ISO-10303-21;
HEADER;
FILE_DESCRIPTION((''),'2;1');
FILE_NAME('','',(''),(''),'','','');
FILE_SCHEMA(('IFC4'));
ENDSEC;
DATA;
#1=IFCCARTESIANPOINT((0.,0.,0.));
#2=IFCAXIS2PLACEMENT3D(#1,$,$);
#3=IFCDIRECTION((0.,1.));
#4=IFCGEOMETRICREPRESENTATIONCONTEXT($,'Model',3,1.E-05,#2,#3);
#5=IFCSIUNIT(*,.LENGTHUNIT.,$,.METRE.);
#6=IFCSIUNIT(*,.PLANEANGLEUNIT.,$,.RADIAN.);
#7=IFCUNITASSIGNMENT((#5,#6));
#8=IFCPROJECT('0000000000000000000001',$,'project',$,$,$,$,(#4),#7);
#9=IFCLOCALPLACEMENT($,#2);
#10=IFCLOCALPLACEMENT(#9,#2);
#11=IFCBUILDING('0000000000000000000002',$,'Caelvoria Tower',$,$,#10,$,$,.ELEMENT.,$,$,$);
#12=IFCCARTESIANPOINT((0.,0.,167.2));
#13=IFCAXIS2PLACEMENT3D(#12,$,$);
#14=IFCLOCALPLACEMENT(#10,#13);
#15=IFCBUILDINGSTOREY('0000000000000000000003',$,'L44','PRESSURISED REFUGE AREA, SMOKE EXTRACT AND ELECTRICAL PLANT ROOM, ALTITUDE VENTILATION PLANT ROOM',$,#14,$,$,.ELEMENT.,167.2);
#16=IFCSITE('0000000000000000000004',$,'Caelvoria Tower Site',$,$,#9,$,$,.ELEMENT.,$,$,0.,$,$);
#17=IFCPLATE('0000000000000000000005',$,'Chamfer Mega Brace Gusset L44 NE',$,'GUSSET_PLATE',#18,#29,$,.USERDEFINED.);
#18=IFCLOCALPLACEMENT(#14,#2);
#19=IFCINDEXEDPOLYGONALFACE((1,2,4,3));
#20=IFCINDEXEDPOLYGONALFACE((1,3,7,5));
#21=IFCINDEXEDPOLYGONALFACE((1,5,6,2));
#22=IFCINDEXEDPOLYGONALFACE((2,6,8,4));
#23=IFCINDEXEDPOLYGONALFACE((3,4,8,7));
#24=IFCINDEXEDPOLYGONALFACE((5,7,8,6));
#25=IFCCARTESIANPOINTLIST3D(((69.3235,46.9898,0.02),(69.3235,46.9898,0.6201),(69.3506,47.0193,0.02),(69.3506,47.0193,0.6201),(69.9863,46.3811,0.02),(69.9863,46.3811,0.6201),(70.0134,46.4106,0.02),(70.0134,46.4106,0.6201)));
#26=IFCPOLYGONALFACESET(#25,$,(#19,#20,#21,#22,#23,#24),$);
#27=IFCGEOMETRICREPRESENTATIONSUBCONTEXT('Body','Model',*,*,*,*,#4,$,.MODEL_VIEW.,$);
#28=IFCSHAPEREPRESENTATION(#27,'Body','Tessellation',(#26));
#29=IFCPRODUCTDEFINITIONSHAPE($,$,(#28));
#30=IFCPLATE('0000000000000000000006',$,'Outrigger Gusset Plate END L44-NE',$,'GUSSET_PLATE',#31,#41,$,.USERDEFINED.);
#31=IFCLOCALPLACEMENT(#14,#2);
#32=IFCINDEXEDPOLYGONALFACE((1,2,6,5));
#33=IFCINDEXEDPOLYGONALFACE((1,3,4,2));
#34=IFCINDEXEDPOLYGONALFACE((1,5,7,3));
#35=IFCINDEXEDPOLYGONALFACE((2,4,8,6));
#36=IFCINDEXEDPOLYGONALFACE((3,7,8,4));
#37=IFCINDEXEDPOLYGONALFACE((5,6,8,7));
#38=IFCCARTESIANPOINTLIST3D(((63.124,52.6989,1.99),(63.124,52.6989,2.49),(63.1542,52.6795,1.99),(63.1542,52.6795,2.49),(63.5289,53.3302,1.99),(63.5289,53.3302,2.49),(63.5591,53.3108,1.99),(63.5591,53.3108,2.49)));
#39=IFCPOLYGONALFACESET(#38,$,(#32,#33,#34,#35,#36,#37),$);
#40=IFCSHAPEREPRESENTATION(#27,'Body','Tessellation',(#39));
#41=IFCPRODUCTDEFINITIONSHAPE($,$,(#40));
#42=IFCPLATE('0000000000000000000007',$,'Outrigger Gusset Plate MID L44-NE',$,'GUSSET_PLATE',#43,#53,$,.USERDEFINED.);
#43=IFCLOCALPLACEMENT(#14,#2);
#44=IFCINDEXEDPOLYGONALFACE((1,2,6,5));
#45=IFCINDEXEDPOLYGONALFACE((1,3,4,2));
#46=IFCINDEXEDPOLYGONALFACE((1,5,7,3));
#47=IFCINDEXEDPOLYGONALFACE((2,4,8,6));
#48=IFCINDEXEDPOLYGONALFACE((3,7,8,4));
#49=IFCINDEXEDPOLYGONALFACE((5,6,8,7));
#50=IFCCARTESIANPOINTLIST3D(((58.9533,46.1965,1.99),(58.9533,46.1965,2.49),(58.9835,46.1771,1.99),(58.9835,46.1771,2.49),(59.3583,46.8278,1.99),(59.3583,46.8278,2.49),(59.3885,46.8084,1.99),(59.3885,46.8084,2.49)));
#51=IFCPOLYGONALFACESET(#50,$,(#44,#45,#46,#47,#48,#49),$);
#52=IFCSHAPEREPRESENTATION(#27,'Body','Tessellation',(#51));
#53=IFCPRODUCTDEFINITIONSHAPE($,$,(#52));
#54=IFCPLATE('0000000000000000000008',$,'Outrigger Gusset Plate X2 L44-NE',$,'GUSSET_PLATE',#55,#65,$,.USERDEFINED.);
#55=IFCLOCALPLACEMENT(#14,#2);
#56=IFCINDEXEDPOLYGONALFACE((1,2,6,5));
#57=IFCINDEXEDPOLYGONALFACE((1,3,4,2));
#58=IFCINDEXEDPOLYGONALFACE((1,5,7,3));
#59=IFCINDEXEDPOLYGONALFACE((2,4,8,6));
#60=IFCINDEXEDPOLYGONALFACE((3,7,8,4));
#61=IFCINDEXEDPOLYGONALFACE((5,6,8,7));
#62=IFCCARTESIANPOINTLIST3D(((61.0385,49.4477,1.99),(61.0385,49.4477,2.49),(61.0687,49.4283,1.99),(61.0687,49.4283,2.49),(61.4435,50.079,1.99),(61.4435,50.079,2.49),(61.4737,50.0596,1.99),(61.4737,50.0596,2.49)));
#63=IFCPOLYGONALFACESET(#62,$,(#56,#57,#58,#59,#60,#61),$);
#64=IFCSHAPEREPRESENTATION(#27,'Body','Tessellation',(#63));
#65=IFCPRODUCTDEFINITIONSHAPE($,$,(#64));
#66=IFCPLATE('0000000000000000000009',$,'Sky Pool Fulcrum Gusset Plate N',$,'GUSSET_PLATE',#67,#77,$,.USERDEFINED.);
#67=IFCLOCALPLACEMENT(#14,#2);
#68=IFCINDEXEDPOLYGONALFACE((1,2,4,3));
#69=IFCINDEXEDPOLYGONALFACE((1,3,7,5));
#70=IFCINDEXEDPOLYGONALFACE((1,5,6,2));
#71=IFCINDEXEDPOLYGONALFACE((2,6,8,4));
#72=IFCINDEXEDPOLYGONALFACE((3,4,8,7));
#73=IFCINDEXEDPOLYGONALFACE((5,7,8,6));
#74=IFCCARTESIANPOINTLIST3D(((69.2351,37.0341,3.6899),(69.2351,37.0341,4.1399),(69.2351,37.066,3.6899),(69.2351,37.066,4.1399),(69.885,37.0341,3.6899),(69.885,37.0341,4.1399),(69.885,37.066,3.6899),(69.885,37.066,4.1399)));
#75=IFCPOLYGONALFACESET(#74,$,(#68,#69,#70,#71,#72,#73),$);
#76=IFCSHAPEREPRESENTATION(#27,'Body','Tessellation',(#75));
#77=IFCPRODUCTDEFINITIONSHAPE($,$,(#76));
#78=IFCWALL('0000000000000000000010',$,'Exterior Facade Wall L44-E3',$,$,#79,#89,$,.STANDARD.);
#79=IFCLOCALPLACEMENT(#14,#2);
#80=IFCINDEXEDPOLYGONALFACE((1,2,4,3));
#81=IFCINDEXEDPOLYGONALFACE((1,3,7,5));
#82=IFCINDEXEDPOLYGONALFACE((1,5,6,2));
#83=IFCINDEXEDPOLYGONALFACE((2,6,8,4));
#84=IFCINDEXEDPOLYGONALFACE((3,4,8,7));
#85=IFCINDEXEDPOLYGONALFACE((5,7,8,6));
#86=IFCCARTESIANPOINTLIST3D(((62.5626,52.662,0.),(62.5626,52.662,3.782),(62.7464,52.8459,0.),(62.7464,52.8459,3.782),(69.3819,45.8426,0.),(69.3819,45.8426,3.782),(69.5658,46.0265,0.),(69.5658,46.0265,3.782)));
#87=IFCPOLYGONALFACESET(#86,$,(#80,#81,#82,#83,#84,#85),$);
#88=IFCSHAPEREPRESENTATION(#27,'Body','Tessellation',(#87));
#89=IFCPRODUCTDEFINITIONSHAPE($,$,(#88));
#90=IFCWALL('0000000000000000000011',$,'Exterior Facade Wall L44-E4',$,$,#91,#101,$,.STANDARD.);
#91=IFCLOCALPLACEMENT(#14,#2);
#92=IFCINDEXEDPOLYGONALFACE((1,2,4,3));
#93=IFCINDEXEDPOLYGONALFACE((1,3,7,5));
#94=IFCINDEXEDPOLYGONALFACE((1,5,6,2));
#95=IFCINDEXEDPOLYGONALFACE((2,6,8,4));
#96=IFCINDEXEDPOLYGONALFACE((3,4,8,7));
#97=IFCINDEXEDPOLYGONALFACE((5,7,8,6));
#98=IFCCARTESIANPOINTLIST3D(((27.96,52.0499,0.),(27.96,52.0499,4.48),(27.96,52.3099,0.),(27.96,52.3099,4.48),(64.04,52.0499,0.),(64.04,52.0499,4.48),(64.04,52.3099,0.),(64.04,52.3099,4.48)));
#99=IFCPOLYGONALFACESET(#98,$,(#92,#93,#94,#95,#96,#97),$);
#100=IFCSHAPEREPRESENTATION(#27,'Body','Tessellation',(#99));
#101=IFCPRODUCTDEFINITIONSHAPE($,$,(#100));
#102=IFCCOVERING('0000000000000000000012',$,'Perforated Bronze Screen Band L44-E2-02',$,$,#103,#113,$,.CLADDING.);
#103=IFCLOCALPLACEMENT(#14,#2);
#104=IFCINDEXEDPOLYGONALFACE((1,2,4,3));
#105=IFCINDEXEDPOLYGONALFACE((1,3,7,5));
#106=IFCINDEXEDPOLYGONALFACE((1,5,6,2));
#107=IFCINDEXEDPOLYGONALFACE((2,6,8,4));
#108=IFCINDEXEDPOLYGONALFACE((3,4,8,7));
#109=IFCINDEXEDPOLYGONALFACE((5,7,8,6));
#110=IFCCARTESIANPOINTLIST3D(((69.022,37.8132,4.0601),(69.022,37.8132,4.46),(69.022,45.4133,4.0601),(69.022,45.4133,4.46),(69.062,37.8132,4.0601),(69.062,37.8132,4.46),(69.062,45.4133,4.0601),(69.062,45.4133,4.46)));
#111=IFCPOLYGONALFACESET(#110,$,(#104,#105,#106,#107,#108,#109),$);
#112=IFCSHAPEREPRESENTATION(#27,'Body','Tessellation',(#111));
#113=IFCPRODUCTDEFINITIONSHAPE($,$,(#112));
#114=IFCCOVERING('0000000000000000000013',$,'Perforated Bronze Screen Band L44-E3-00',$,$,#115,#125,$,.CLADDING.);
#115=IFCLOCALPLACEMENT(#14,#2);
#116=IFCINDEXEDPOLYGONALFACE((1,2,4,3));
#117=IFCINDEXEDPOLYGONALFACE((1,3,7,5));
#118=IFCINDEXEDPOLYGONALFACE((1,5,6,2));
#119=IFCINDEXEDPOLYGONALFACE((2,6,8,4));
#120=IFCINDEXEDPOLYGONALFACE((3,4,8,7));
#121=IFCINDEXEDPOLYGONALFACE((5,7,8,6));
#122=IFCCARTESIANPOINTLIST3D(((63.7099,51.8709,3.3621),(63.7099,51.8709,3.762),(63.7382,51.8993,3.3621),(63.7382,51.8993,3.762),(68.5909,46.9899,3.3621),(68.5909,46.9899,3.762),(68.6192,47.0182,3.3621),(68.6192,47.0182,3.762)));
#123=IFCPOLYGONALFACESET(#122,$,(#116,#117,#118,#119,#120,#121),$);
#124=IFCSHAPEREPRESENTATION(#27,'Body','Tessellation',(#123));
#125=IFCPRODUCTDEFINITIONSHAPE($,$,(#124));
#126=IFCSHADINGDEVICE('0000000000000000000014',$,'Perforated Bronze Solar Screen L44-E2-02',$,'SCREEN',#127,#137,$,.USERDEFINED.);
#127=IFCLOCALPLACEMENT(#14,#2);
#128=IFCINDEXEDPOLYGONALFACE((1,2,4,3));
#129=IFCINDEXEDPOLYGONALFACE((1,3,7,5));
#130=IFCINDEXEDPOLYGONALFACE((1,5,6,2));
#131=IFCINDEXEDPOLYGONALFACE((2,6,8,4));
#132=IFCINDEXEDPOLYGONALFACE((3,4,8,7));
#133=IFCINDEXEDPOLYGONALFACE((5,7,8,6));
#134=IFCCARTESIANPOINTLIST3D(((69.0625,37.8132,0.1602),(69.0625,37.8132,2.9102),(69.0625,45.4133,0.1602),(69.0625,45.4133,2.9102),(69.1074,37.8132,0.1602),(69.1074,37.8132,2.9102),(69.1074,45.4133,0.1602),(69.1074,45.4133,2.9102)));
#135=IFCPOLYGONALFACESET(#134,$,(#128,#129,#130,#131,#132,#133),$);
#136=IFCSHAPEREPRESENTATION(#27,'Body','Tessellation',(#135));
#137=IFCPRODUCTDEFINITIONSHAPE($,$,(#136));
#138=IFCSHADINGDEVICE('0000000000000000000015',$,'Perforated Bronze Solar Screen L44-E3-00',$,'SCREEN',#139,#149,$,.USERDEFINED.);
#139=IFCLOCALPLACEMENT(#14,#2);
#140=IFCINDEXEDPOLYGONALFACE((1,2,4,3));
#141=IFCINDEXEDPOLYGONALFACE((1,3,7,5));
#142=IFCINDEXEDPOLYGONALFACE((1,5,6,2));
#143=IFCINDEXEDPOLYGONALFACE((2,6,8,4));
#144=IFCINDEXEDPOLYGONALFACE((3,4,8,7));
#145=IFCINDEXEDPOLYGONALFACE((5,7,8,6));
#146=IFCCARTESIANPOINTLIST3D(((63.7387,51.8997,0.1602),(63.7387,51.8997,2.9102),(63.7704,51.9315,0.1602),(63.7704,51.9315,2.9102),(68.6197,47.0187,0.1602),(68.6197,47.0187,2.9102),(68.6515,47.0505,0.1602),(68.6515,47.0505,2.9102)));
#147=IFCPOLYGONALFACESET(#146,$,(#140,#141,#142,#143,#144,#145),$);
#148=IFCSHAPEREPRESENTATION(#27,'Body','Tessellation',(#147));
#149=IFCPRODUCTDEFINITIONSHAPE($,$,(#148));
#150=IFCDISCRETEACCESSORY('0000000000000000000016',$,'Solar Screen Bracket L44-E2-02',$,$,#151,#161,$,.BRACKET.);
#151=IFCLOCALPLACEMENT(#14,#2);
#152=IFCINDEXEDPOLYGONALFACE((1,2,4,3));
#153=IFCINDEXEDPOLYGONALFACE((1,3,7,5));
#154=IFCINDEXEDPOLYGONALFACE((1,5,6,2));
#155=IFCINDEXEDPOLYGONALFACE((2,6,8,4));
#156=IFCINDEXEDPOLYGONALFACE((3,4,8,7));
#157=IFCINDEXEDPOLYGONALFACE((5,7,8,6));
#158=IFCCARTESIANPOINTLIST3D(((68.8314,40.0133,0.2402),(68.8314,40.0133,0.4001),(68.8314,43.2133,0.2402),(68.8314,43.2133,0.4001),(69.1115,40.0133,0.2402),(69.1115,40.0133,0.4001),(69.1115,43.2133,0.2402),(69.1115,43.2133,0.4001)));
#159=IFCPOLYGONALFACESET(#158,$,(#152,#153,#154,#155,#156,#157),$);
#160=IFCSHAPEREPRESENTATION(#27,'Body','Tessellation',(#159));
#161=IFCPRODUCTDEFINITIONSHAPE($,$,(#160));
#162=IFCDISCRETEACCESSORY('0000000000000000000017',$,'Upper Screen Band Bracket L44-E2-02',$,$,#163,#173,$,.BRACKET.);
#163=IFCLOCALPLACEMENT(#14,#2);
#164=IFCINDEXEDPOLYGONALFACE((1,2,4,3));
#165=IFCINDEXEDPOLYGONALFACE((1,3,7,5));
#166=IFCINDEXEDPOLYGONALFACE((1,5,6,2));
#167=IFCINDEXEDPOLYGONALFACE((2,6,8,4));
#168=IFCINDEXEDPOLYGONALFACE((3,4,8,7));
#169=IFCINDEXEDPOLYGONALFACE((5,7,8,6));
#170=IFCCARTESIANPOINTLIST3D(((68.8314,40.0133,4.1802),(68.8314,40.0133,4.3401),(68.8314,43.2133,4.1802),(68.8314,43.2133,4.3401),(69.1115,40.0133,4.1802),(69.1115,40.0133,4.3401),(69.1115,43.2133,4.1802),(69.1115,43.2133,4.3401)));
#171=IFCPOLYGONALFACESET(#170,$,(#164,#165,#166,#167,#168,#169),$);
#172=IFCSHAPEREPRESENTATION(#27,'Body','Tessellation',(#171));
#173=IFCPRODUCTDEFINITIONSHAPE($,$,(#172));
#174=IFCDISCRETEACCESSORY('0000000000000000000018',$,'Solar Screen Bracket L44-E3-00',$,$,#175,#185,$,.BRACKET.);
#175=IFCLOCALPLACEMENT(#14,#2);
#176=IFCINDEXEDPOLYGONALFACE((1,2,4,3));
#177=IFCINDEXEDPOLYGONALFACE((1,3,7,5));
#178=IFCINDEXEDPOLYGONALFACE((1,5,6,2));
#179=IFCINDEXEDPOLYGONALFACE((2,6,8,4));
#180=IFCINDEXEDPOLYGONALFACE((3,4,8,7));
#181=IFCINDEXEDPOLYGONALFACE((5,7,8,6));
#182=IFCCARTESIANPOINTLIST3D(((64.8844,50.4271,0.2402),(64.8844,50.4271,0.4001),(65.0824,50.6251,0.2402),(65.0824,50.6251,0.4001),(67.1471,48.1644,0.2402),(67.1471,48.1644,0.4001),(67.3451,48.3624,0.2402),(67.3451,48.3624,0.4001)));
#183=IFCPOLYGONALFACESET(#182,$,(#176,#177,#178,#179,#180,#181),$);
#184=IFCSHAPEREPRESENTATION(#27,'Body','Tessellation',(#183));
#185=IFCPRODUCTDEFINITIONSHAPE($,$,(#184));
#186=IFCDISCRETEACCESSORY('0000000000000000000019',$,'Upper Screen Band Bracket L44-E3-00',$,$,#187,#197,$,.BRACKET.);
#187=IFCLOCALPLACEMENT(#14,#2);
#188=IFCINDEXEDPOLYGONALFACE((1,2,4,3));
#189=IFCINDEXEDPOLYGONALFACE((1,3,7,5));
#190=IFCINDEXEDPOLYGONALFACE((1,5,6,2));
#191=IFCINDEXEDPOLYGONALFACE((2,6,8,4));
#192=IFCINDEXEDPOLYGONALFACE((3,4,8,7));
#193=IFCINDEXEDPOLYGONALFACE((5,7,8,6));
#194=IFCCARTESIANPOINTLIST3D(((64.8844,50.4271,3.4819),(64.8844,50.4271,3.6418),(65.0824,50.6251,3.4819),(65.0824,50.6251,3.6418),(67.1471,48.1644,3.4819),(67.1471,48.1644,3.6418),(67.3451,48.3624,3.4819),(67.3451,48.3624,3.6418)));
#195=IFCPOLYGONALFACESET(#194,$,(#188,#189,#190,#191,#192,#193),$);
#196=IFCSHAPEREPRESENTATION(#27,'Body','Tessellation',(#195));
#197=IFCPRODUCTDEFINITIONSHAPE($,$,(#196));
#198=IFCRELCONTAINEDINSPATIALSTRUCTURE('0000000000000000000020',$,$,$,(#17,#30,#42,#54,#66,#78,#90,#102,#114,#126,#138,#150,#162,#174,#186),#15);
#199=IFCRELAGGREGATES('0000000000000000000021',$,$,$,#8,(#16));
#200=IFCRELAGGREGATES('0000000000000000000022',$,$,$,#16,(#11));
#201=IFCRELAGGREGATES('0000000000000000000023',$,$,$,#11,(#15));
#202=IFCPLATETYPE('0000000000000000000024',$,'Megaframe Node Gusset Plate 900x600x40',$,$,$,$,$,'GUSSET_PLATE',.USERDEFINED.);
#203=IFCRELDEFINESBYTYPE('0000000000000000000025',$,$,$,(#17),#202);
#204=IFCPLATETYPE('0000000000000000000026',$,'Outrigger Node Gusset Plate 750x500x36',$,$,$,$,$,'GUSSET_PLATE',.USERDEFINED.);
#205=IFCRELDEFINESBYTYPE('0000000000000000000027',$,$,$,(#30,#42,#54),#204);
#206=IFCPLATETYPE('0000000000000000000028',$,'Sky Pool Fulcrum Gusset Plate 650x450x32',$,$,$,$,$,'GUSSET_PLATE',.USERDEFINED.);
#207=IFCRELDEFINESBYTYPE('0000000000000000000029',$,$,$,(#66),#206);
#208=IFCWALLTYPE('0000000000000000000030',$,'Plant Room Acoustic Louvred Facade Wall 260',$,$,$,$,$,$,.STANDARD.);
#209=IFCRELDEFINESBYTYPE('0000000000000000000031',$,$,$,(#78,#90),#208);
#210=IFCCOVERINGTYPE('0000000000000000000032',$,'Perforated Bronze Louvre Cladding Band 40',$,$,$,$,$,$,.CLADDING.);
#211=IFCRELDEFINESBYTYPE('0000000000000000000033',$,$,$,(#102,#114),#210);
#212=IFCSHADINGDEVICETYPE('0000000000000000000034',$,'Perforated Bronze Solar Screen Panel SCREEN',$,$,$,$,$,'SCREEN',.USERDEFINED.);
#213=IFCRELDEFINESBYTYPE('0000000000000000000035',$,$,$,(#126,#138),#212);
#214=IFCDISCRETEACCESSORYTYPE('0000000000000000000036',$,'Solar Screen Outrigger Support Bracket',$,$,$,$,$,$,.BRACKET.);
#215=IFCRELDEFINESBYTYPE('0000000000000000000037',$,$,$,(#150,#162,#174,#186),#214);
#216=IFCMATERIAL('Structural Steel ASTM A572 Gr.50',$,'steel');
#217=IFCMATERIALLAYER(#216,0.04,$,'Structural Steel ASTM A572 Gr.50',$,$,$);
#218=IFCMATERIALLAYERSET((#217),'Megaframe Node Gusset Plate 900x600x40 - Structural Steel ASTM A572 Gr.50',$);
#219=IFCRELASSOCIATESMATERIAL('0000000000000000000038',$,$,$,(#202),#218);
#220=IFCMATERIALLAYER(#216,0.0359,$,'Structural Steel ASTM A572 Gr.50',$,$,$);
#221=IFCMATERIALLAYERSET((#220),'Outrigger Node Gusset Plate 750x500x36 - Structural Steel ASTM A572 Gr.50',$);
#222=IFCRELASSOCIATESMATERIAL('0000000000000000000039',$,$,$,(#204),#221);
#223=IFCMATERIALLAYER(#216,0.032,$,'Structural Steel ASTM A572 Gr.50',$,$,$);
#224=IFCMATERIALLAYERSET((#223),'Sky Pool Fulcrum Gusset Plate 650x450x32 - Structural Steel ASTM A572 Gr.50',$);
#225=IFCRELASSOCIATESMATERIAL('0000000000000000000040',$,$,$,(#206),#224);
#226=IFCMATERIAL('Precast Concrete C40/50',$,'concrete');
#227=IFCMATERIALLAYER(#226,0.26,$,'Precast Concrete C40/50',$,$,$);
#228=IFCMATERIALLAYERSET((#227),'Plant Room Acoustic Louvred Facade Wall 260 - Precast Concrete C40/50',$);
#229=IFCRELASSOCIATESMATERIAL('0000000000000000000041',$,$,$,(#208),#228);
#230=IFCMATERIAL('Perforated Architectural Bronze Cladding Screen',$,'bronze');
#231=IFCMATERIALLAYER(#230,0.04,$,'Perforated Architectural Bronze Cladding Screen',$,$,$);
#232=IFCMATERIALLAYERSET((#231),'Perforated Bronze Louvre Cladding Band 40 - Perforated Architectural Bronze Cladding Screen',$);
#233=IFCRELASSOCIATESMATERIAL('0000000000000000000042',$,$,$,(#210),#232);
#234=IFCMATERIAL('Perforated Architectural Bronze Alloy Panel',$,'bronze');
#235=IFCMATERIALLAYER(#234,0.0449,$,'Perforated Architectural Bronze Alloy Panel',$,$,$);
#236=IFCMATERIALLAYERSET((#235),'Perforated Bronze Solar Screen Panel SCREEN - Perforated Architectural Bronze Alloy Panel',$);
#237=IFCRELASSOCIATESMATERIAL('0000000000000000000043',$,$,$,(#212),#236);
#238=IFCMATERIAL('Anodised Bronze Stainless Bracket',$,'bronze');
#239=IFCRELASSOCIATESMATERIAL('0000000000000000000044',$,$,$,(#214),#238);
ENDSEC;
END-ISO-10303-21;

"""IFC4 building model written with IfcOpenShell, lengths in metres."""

from ifc_helpers import new_model, si_unit, direction, frame, frame_2d, origin, origin_2d, place, context, subcontext, project, spatial, rectangle, extrude, material, layer, layer_set, type_object, element, save


model = new_model("IFC4")

# Units and contexts
model_context = context("Model", 3, precision=1e-05, world=origin(), true_north=direction((0.0, 1.0)))
body_context = subcontext(model_context, "Body", "Model", "MODEL_VIEW")
ifc_project = project(units=[si_unit("LENGTHUNIT", "METRE"), si_unit("PLANEANGLEUNIT", "RADIAN")], contexts=[model_context])

# Site, building, storey
site_placement = place(None, origin())
site = spatial("IfcSite", under=ifc_project, at=site_placement, Name="Caelvoria Tower Site", CompositionType="ELEMENT", RefElevation=0.0)
building_placement = place(site_placement, origin())
building = spatial("IfcBuilding", under=site, at=building_placement, Name="Caelvoria Tower", CompositionType="ELEMENT")
storey_placement = place(building_placement, frame((0.0, 0.0, 167.2)))
storey = spatial("IfcBuildingStorey", under=building, at=storey_placement, Name="L44", Description="PRESSURISED REFUGE AREA, SMOKE EXTRACT AND ELECTRICAL PLANT ROOM, ALTITUDE VENTILATION PLANT ROOM", CompositionType="ELEMENT", Elevation=167.2)

# Shared definitions
ifc_material_1 = material(Name="Structural Steel ASTM A572 Gr.50", Category="steel")

# Plates
ifc_layer_1 = layer(ifc_material_1, 0.04, Name="Structural Steel ASTM A572 Gr.50")
ifc_layer_set_1 = layer_set([ifc_layer_1], Name="Megaframe Node Gusset Plate 900x600x40 - Structural Steel ASTM A572 Gr.50")
plate_type_1 = type_object("IfcPlateType", Name="Megaframe Node Gusset Plate 900x600x40", ElementType="GUSSET_PLATE", PredefinedType="USERDEFINED", material=ifc_layer_set_1)
plate_1_placement = place(storey_placement, frame((69.6685, 46.7002, 0.02), z_axis=(0.0, 0.0, 1.0), x_axis=(-0.736585, 0.676345, 0.0)))
element("IfcPlate", 1, at=plate_1_placement, inside=storey, type_object=plate_type_1, Name="Chamfer Mega Brace Gusset L44 NE", ObjectType="GUSSET_PLATE", PredefinedType="USERDEFINED", context=body_context, shape_type="SweptSolid", body=[
    extrude(rectangle(XDim=0.8999, YDim=0.04, at=origin_2d()), origin(), (0.0, 0.0, 1.0), 0.6001),
])
ifc_layer_2 = layer(ifc_material_1, 0.0359, Name="Structural Steel ASTM A572 Gr.50")
ifc_layer_set_2 = layer_set([ifc_layer_2], Name="Outrigger Node Gusset Plate 750x500x36 - Structural Steel ASTM A572 Gr.50")
plate_type_2 = type_object("IfcPlateType", Name="Outrigger Node Gusset Plate 750x500x36", ElementType="GUSSET_PLATE", PredefinedType="USERDEFINED", material=ifc_layer_set_2)
for number, where, z_axis, x_axis, name in (
    (2, (63.3416, 53.0049, 1.99), (0.0, 0.0, 1.0), (0.539904, 0.841727, 0.0), "Outrigger Gusset Plate END L44-NE"),
    (3, (59.1709, 46.5024, 1.99), (0.0, 0.0, 1.0), (0.539904, 0.841727, 0.0), "Outrigger Gusset Plate MID L44-NE"),
    (4, (61.2561, 49.7537, 1.99), (0.0, 0.0, 1.0), (0.539904, 0.841727, 0.0), "Outrigger Gusset Plate X2 L44-NE"),
):
    element("IfcPlate", number, at=place(storey_placement, frame(where, z_axis=z_axis, x_axis=x_axis)), inside=storey, type_object=plate_type_2, Name=name, ObjectType="GUSSET_PLATE", PredefinedType="USERDEFINED", context=body_context, shape_type="SweptSolid", body=[
        extrude(rectangle(XDim=0.75, YDim=0.0359, at=origin_2d()), origin(), (0.0, 0.0, 1.0), 0.5),
    ])
ifc_layer_3 = layer(ifc_material_1, 0.032, Name="Structural Steel ASTM A572 Gr.50")
ifc_layer_set_3 = layer_set([ifc_layer_3], Name="Sky Pool Fulcrum Gusset Plate 650x450x32 - Structural Steel ASTM A572 Gr.50")
plate_type_3 = type_object("IfcPlateType", Name="Sky Pool Fulcrum Gusset Plate 650x450x32", ElementType="GUSSET_PLATE", PredefinedType="USERDEFINED", material=ifc_layer_set_3)
plate_2_placement = place(storey_placement, frame((69.5601, 37.05, 3.6899), z_axis=(0.0, 0.0, 1.0), x_axis=(1.0, 0.0, 0.0)))
element("IfcPlate", 5, at=plate_2_placement, inside=storey, type_object=plate_type_3, Name="Sky Pool Fulcrum Gusset Plate N", ObjectType="GUSSET_PLATE", PredefinedType="USERDEFINED", context=body_context, shape_type="SweptSolid", body=[
    extrude(rectangle(XDim=0.6499, YDim=0.032, at=origin_2d()), origin(), (0.0, 0.0, 1.0), 0.45),
])

# Walls
ifc_material_2 = material(Name="Precast Concrete C40/50", Category="concrete")
ifc_layer_4 = layer(ifc_material_2, 0.26, Name="Precast Concrete C40/50")
ifc_layer_set_4 = layer_set([ifc_layer_4], Name="Plant Room Acoustic Louvred Facade Wall 260 - Precast Concrete C40/50")
wall_type = type_object("IfcWallType", Name="Plant Room Acoustic Louvred Facade Wall 260", PredefinedType="STANDARD", material=ifc_layer_set_4)
wall_1_placement = place(storey_placement, frame((69.4739, 45.9346, 0.0), z_axis=(0.0, 0.0, 1.0), x_axis=(-0.707107, 0.707107, 0.0)))
element("IfcWall", 6, at=wall_1_placement, inside=storey, type_object=wall_type, Name="Exterior Facade Wall L44-E3", PredefinedType="STANDARD", context=body_context, shape_type="SweptSolid", body=[
    extrude(rectangle(XDim=9.644, YDim=0.26, at=frame_2d((4.822, 0.0))), origin(), (0.0, 0.0, 1.0), 3.782),
])
wall_2_placement = place(storey_placement, frame((64.04, 52.1799, 0.0), z_axis=(0.0, 0.0, 1.0), x_axis=(-1.0, 0.0, 0.0)))
element("IfcWall", 7, at=wall_2_placement, inside=storey, type_object=wall_type, Name="Exterior Facade Wall L44-E4", PredefinedType="STANDARD", context=body_context, shape_type="SweptSolid", body=[
    extrude(rectangle(XDim=36.0801, YDim=0.26, at=frame_2d((18.04, 0.0))), origin(), (0.0, 0.0, 1.0), 4.48),
])

# Coverings
ifc_material_3 = material(Name="Perforated Architectural Bronze Cladding Screen", Category="bronze")
ifc_layer_5 = layer(ifc_material_3, 0.04, Name="Perforated Architectural Bronze Cladding Screen")
ifc_layer_set_5 = layer_set([ifc_layer_5], Name="Perforated Bronze Louvre Cladding Band 40 - Perforated Architectural Bronze Cladding Screen")
covering_type = type_object("IfcCoveringType", Name="Perforated Bronze Louvre Cladding Band 40", PredefinedType="CLADDING", material=ifc_layer_set_5)
covering_1_placement = place(storey_placement, frame((69.042, 41.6133, 4.0601), z_axis=(0.0, 0.0, 1.0), x_axis=(0.0, 1.0, 0.0)))
element("IfcCovering", 8, at=covering_1_placement, inside=storey, type_object=covering_type, Name="Perforated Bronze Screen Band L44-E2-02", PredefinedType="CLADDING", context=body_context, shape_type="SweptSolid", body=[
    extrude(rectangle(XDim=7.6001, YDim=0.04, at=origin_2d()), origin(), (0.0, 0.0, 1.0), 0.3999),
])
covering_2_placement = place(storey_placement, frame((66.1646, 49.4446, 3.3621), z_axis=(0.0, 0.0, 1.0), x_axis=(-0.707107, 0.707107, 0.0)))
element("IfcCovering", 9, at=covering_2_placement, inside=storey, type_object=covering_type, Name="Perforated Bronze Screen Band L44-E3-00", PredefinedType="CLADDING", context=body_context, shape_type="SweptSolid", body=[
    extrude(rectangle(XDim=6.9028, YDim=0.04, at=origin_2d()), origin(), (0.0, 0.0, 1.0), 0.3999),
])

# Shading devices
ifc_material_4 = material(Name="Perforated Architectural Bronze Alloy Panel", Category="bronze")
ifc_layer_6 = layer(ifc_material_4, 0.0449, Name="Perforated Architectural Bronze Alloy Panel")
ifc_layer_set_6 = layer_set([ifc_layer_6], Name="Perforated Bronze Solar Screen Panel SCREEN - Perforated Architectural Bronze Alloy Panel")
shading_device_type = type_object("IfcShadingDeviceType", Name="Perforated Bronze Solar Screen Panel SCREEN", ElementType="SCREEN", PredefinedType="USERDEFINED", material=ifc_layer_set_6)
shading_device_1_placement = place(storey_placement, frame((69.085, 41.6133, 0.1602), z_axis=(0.0, 0.0, 1.0), x_axis=(0.0, 1.0, 0.0)))
element("IfcShadingDevice", 10, at=shading_device_1_placement, inside=storey, type_object=shading_device_type, Name="Perforated Bronze Solar Screen L44-E2-02", ObjectType="SCREEN", PredefinedType="USERDEFINED", context=body_context, shape_type="SweptSolid", body=[
    extrude(rectangle(XDim=7.6001, YDim=0.0449, at=origin_2d()), origin(), (0.0, 0.0, 1.0), 2.75),
])
shading_device_2_placement = place(storey_placement, frame((66.1951, 49.4751, 0.1602), z_axis=(0.0, 0.0, 1.0), x_axis=(-0.707107, 0.707107, 0.0)))
element("IfcShadingDevice", 11, at=shading_device_2_placement, inside=storey, type_object=shading_device_type, Name="Perforated Bronze Solar Screen L44-E3-00", ObjectType="SCREEN", PredefinedType="USERDEFINED", context=body_context, shape_type="SweptSolid", body=[
    extrude(rectangle(XDim=6.9028, YDim=0.0449, at=origin_2d()), origin(), (0.0, 0.0, 1.0), 2.75),
])

# Discrete accessories
ifc_material_5 = material(Name="Anodised Bronze Stainless Bracket", Category="bronze")
discrete_accessory_type = type_object("IfcDiscreteAccessoryType", Name="Solar Screen Outrigger Support Bracket", PredefinedType="BRACKET", material=ifc_material_5)
for number, where, z_axis, x_axis, name in (
    (12, (68.9714, 41.6133, 0.2402), (0.0, 0.0, 1.0), (0.0, 1.0, 0.0), "Solar Screen Bracket L44-E2-02"),
    (13, (68.9714, 41.6133, 4.1802), (0.0, 0.0, 1.0), (0.0, 1.0, 0.0), "Upper Screen Band Bracket L44-E2-02"),
    (14, (66.1147, 49.3948, 0.2402), (0.0, 0.0, 1.0), (-0.707107, 0.707107, 0.0), "Solar Screen Bracket L44-E3-00"),
    (15, (66.1147, 49.3948, 3.4819), (0.0, 0.0, 1.0), (-0.707107, 0.707107, 0.0), "Upper Screen Band Bracket L44-E3-00"),
):
    element("IfcDiscreteAccessory", number, at=place(storey_placement, frame(where, z_axis=z_axis, x_axis=x_axis)), inside=storey, type_object=discrete_accessory_type, Name=name, PredefinedType="BRACKET", context=body_context, shape_type="SweptSolid", body=[
        extrude(rectangle(XDim=3.2, YDim=0.28, at=origin_2d()), origin(), (0.0, 0.0, 1.0), 0.1599),
    ])

save(model, "model.ifc")
